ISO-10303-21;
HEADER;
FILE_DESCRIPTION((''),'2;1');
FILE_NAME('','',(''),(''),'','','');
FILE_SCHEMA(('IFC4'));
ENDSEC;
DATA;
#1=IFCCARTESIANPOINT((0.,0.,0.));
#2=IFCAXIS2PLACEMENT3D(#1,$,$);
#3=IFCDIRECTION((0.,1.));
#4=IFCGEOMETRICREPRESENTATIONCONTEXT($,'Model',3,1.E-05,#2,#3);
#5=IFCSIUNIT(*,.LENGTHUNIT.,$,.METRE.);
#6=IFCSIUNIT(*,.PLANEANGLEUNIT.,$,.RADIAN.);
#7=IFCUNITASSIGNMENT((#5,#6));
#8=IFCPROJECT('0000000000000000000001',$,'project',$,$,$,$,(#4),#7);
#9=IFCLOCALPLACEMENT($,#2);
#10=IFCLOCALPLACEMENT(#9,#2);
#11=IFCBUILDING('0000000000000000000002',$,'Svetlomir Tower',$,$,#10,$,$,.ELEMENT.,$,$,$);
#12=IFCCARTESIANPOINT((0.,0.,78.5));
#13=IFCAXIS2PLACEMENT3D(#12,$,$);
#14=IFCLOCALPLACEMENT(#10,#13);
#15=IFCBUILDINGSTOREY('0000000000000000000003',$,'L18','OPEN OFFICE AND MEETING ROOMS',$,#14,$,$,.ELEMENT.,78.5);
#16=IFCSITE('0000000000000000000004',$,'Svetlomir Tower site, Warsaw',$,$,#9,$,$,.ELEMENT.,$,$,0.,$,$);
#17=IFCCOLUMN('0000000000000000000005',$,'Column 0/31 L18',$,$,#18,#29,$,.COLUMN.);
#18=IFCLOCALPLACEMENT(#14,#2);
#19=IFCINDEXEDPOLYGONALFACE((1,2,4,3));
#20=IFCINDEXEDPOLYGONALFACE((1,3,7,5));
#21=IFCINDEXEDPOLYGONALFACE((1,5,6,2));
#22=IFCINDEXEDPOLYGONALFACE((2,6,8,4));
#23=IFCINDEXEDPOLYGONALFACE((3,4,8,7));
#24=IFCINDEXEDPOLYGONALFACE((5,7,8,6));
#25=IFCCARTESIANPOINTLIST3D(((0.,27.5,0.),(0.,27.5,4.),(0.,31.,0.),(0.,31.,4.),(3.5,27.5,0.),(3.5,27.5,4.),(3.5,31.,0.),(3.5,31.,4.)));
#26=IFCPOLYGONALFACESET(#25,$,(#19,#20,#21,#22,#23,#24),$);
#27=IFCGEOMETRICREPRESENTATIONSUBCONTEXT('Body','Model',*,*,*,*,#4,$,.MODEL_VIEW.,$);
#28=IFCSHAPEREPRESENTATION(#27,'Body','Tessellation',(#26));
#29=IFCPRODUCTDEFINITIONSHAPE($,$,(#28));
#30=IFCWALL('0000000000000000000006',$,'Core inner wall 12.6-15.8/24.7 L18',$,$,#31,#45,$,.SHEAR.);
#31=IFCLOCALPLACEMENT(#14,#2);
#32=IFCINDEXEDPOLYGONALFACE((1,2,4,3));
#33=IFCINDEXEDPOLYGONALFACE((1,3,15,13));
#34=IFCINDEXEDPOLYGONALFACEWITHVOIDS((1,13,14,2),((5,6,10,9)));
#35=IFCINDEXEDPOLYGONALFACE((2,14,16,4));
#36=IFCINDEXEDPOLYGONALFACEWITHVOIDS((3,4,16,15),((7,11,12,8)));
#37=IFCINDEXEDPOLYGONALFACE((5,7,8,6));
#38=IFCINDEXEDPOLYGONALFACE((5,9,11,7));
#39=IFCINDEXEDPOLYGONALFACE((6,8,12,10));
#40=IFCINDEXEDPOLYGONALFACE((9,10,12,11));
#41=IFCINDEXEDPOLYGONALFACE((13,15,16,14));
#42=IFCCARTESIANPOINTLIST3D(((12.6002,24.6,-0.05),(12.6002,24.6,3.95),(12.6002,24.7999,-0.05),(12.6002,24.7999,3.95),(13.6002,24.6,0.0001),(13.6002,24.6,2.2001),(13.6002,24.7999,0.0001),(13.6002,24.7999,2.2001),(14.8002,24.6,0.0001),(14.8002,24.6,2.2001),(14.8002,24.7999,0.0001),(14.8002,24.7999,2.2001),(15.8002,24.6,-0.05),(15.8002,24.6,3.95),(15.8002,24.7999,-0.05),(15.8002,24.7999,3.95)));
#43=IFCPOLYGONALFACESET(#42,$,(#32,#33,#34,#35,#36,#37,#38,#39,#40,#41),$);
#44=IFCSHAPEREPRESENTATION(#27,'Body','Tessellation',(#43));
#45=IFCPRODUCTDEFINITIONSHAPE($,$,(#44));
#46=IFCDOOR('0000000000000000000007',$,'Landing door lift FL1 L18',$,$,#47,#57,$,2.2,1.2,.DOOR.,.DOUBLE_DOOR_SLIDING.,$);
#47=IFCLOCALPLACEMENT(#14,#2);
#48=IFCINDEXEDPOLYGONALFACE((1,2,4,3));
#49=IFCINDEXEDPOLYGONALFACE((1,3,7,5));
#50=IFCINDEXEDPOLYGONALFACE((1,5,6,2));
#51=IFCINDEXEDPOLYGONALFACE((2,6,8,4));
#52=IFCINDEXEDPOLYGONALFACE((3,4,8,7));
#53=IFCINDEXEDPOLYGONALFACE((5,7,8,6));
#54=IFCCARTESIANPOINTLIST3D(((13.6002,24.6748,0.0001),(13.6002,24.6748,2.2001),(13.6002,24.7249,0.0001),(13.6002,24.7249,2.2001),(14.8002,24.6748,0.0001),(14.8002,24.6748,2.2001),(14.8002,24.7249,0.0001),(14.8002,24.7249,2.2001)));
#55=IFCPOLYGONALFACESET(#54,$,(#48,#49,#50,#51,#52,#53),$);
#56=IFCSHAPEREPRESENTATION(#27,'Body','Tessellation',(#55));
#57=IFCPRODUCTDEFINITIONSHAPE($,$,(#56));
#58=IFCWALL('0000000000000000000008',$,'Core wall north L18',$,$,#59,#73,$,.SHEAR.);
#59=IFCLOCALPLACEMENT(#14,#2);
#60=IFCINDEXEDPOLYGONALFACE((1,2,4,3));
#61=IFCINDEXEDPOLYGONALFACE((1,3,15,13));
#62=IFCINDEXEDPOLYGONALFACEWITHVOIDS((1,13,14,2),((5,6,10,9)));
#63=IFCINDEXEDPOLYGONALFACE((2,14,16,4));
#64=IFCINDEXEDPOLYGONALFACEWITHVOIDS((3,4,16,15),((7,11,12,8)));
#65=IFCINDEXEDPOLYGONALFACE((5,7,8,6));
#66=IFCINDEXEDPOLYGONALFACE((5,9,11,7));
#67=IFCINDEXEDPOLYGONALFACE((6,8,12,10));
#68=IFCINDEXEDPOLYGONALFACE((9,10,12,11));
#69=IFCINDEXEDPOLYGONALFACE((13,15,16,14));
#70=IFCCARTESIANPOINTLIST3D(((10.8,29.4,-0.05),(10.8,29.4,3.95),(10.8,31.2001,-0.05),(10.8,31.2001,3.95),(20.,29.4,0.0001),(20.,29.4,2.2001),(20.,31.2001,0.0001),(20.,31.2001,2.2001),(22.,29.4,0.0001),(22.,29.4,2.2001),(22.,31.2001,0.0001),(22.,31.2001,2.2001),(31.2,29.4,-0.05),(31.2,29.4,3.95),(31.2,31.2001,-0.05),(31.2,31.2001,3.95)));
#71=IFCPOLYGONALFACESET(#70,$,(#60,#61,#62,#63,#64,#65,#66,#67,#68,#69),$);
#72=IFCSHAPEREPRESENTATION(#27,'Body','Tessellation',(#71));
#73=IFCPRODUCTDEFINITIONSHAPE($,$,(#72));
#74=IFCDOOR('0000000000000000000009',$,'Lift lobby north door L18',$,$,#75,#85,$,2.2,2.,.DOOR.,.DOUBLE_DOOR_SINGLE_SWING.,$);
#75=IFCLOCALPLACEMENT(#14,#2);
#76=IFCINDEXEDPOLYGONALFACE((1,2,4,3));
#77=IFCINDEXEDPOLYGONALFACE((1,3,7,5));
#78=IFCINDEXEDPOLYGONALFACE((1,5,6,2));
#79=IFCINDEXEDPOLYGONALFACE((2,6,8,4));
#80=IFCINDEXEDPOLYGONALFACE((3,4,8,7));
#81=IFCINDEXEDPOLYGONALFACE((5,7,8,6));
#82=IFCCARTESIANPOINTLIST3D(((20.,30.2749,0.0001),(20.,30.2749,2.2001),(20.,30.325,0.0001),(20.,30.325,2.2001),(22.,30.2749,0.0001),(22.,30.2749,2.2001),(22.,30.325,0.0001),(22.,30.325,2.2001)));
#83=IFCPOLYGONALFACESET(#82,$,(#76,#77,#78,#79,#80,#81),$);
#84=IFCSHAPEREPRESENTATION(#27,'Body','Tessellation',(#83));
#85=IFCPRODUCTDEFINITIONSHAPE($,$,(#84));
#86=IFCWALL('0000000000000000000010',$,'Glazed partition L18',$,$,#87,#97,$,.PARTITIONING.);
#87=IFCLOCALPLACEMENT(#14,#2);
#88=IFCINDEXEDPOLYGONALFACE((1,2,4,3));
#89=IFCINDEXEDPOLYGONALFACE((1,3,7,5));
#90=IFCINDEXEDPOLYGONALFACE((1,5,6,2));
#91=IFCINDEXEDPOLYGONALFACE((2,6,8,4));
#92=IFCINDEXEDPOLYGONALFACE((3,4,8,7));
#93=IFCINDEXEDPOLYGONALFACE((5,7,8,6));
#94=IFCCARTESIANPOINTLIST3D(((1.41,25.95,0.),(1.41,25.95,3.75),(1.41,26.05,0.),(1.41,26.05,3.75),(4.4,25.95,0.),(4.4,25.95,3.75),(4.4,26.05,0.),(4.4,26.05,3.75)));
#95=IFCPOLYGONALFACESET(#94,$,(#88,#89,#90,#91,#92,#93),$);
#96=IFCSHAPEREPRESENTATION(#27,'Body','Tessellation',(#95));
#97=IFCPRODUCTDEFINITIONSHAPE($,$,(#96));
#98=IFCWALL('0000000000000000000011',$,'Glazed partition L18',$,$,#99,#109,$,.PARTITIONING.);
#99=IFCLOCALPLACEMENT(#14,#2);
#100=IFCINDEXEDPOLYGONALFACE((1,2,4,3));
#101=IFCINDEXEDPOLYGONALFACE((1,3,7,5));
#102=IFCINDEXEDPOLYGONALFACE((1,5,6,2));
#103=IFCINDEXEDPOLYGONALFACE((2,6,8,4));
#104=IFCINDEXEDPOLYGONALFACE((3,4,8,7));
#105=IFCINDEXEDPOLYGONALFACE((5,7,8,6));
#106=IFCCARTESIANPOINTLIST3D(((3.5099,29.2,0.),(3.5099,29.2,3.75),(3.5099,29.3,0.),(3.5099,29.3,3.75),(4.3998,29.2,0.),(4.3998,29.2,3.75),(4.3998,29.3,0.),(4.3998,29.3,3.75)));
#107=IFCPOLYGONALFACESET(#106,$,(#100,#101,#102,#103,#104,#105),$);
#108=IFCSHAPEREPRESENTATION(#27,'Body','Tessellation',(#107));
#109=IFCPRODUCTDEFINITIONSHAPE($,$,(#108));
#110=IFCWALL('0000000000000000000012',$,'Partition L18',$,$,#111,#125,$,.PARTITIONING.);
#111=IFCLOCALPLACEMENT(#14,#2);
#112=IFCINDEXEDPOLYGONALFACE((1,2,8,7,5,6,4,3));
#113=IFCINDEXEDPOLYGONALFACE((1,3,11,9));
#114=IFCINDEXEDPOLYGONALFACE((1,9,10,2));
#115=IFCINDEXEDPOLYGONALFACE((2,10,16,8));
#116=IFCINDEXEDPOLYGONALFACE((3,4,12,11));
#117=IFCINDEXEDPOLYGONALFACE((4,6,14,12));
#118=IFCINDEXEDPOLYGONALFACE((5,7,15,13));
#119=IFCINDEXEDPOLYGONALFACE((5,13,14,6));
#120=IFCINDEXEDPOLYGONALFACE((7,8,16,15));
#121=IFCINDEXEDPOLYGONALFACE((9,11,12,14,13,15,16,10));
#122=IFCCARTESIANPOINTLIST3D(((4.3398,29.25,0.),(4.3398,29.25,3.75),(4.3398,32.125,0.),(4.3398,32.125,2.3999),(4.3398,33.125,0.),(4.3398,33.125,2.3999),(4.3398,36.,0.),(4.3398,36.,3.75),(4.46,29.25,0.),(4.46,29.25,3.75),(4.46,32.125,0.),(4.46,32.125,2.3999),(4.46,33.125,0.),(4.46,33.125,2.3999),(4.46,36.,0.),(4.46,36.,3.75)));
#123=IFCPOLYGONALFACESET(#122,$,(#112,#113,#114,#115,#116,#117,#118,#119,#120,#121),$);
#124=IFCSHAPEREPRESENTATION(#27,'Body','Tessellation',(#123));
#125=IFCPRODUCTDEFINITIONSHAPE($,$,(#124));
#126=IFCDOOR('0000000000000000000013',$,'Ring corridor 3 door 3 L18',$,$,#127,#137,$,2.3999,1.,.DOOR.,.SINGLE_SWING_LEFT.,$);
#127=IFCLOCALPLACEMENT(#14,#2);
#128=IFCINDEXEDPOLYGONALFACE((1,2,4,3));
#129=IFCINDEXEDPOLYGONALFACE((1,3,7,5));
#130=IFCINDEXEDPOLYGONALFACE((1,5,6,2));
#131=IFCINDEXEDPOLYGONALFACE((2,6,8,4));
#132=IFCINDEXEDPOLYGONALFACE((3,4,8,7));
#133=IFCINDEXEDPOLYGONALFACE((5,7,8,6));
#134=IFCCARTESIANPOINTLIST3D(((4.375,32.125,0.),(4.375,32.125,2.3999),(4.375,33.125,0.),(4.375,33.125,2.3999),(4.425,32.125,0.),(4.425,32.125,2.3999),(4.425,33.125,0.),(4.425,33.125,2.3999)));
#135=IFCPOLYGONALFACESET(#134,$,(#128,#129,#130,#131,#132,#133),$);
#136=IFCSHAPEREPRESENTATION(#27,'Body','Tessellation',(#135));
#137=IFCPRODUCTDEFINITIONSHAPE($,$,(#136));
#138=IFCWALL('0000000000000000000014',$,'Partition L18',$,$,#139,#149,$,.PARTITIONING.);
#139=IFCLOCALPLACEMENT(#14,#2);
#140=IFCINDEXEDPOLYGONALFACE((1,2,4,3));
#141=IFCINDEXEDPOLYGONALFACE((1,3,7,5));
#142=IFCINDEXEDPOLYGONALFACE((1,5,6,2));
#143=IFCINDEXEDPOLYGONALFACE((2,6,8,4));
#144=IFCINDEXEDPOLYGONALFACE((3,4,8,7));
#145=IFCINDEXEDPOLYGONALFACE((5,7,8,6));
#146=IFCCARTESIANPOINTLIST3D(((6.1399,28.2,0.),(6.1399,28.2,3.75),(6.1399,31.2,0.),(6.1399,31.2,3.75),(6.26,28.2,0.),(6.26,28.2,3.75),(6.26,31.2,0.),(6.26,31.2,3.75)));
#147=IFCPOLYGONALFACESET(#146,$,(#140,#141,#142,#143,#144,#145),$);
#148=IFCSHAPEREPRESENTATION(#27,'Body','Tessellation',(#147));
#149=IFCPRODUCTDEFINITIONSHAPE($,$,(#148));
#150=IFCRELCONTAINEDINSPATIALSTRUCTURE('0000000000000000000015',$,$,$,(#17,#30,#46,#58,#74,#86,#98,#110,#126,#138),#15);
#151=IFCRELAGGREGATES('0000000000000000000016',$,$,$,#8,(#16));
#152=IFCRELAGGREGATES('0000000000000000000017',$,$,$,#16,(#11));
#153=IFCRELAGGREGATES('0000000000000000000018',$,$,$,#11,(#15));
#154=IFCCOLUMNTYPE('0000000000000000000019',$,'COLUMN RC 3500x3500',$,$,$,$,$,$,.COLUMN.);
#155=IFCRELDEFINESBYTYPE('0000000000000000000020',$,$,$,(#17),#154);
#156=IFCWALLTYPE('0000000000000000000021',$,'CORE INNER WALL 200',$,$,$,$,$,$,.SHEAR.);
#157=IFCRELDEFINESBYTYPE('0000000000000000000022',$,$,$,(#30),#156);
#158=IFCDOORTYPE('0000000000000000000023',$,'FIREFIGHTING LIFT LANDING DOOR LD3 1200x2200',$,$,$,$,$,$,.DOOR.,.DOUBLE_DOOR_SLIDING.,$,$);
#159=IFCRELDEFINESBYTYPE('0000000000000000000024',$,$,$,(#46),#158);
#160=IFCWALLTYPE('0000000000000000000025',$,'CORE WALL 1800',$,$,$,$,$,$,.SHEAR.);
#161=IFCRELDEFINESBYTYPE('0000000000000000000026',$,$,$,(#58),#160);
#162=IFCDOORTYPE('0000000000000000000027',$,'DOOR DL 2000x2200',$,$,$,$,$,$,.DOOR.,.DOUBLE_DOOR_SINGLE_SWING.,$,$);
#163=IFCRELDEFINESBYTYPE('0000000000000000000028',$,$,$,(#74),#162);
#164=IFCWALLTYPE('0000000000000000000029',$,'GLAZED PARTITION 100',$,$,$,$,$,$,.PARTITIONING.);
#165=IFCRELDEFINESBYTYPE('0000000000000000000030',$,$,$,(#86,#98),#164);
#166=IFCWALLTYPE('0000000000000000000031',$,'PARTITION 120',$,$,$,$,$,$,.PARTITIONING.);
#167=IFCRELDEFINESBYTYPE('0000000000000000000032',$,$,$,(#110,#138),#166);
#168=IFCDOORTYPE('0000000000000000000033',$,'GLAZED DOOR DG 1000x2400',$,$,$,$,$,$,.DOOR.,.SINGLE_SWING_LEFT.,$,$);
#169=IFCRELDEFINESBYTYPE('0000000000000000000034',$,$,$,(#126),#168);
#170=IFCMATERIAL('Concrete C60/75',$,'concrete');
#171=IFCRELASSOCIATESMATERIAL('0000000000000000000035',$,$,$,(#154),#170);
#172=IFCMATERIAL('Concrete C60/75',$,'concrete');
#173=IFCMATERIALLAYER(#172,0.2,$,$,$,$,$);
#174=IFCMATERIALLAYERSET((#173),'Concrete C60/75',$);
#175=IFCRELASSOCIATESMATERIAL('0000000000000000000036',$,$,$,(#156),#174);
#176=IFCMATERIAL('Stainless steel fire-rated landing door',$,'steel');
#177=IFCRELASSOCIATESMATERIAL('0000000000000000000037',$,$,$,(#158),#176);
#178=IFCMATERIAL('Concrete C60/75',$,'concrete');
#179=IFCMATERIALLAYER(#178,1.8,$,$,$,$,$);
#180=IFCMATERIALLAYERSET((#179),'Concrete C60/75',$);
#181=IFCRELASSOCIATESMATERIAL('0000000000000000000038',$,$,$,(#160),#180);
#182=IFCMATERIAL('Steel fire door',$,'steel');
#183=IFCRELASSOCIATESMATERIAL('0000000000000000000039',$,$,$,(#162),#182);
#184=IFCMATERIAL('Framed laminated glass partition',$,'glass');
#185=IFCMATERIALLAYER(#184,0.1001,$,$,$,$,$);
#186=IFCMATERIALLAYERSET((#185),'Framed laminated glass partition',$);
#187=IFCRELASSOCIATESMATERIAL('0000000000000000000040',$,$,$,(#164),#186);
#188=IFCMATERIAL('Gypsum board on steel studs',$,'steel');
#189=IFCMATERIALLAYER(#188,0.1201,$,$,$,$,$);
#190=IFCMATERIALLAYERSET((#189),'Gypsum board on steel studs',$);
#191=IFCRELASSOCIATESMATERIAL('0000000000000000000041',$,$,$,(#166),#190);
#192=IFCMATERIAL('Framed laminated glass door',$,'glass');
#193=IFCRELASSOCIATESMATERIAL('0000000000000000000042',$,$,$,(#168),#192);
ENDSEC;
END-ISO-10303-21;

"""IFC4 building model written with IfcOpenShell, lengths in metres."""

from ifc_helpers import new_model, si_unit, direction, frame, frame_2d, origin, origin_2d, place, context, subcontext, project, spatial, rectangle, extrude, material, layer, layer_set, material_profile, profile_set, type_object, element, fill, save


model = new_model("IFC4")

# Units and contexts
model_context = context("Model", 3, precision=1e-05, world=origin(), true_north=direction((0.0, 1.0)))
body_context = subcontext(model_context, "Body", "Model", "MODEL_VIEW")
ifc_project = project(units=[si_unit("LENGTHUNIT", "METRE"), si_unit("PLANEANGLEUNIT", "RADIAN")], contexts=[model_context])

# Site, building, storey
site_placement = place(None, origin())
site = spatial("IfcSite", under=ifc_project, at=site_placement, Name="Svetlomir Tower site, Warsaw", CompositionType="ELEMENT", RefElevation=0.0)
building_placement = place(site_placement, origin())
building = spatial("IfcBuilding", under=site, at=building_placement, Name="Svetlomir Tower", CompositionType="ELEMENT")
storey_placement = place(building_placement, frame((0.0, 0.0, 78.5)))
storey = spatial("IfcBuildingStorey", under=building, at=storey_placement, Name="L18", Description="OPEN OFFICE AND MEETING ROOMS", CompositionType="ELEMENT", Elevation=78.5)

# Column
ifc_material_1 = material(Name="Concrete C60/75", Category="concrete")
ifc_material_profile = material_profile(ifc_material_1, rectangle(XDim=3.5, YDim=3.5, at=origin_2d()), Name="RC 3500x3500")
ifc_profile_set = profile_set([ifc_material_profile], Name="Concrete C60/75")
column_type = type_object("IfcColumnType", Name="COLUMN RC 3500x3500", PredefinedType="COLUMN", material=ifc_profile_set)
column_placement = place(storey_placement, frame((1.75, 29.25, 0.0), z_axis=(0.0, 0.0, 1.0), x_axis=(1.0, 0.0, 0.0)))
element("IfcColumn", 1, at=column_placement, inside=storey, type_object=column_type, Name="Column 0/31 L18", PredefinedType="COLUMN", context=body_context, shape_type="SweptSolid", body=[
    extrude(rectangle(XDim=3.5, YDim=3.5, at=origin_2d()), origin(), (0.0, 0.0, 1.0), 4.0),
])

# Walls, openings, doors
ifc_material_2 = material(Name="Concrete C60/75", Category="concrete")
ifc_layer_1 = layer(ifc_material_2, 0.2)
ifc_layer_set_1 = layer_set([ifc_layer_1], Name="Concrete C60/75")
wall_type_1 = type_object("IfcWallType", Name="CORE INNER WALL 200", PredefinedType="SHEAR", material=ifc_layer_set_1)
wall_1_placement = place(storey_placement, frame((12.6001, 24.7, -0.05), z_axis=(0.0, 0.0, 1.0), x_axis=(1.0, 0.0, 0.0)))
wall_1 = element("IfcWall", 2, at=wall_1_placement, inside=storey, type_object=wall_type_1, Name="Core inner wall 12.6-15.8/24.7 L18", PredefinedType="SHEAR", context=body_context, shape_type="SweptSolid", body=[
    extrude(rectangle(XDim=3.2, YDim=0.2, at=frame_2d((1.6001, 0.0))), origin(), (0.0, 0.0, 1.0), 4.0),
])
opening_1_placement = place(wall_1_placement, frame((1.0, 0.0, 0.05)))
opening_1 = element("IfcOpeningElement", 3, at=opening_1_placement, cuts=wall_1, PredefinedType="OPENING", context=body_context, shape_type="SweptSolid", body=[
    extrude(rectangle(XDim=1.2, YDim=2.2, at=frame_2d((0.6001, 1.1001))), frame((0.0, 0.1099, 0.0), z_axis=(0.0, -1.0, 0.0), x_axis=(1.0, 0.0, 0.0)), (0.0, 0.0, 1.0), 0.22),
])
ifc_material_3 = material(Name="Stainless steel fire-rated landing door", Category="steel")
door_type_1 = type_object("IfcDoorType", Name="FIREFIGHTING LIFT LANDING DOOR LD3 1200x2200", OperationType="DOUBLE_DOOR_SLIDING", PredefinedType="DOOR", material=ifc_material_3)
door_1_placement = place(opening_1_placement, origin())
door_1 = element("IfcDoor", 4, at=door_1_placement, inside=storey, type_object=door_type_1, Name="Landing door lift FL1 L18", OperationType="DOUBLE_DOOR_SLIDING", OverallHeight=2.2, OverallWidth=1.2, PredefinedType="DOOR", context=body_context, shape_type="SweptSolid", body=[
    extrude(rectangle(XDim=1.2, YDim=2.2, at=frame_2d((0.6001, 1.1001))), frame((0.0, 0.0249, 0.0), z_axis=(0.0, -1.0, 0.0), x_axis=(1.0, 0.0, 0.0)), (0.0, 0.0, 1.0), 0.05),
])
fill(opening_1, door_1)
ifc_material_4 = material(Name="Concrete C60/75", Category="concrete")
ifc_layer_2 = layer(ifc_material_4, 1.8)
ifc_layer_set_2 = layer_set([ifc_layer_2], Name="Concrete C60/75")
wall_type_2 = type_object("IfcWallType", Name="CORE WALL 1800", PredefinedType="SHEAR", material=ifc_layer_set_2)
wall_2_placement = place(storey_placement, frame((10.8, 30.3, -0.05), z_axis=(0.0, 0.0, 1.0), x_axis=(1.0, 0.0, 0.0)))
wall_2 = element("IfcWall", 5, at=wall_2_placement, inside=storey, type_object=wall_type_2, Name="Core wall north L18", PredefinedType="SHEAR", context=body_context, shape_type="SweptSolid", body=[
    extrude(rectangle(XDim=20.3999, YDim=1.8, at=frame_2d((10.2, 0.0))), origin(), (0.0, 0.0, 1.0), 4.0),
])
opening_2_placement = place(wall_2_placement, frame((9.2, 0.0, 0.05)))
opening_2 = element("IfcOpeningElement", 6, at=opening_2_placement, cuts=wall_2, PredefinedType="OPENING", context=body_context, shape_type="SweptSolid", body=[
    extrude(rectangle(XDim=2.0, YDim=2.2, at=frame_2d((1.0, 1.1001))), frame((0.0, 0.9102, 0.0), z_axis=(0.0, -1.0, 0.0), x_axis=(1.0, 0.0, 0.0)), (0.0, 0.0, 1.0), 1.8201),
])
ifc_material_5 = material(Name="Steel fire door", Category="steel")
door_type_2 = type_object("IfcDoorType", Name="DOOR DL 2000x2200", OperationType="DOUBLE_DOOR_SINGLE_SWING", PredefinedType="DOOR", material=ifc_material_5)
door_2_placement = place(opening_2_placement, origin())
door_2 = element("IfcDoor", 7, at=door_2_placement, inside=storey, type_object=door_type_2, Name="Lift lobby north door L18", OperationType="DOUBLE_DOOR_SINGLE_SWING", OverallHeight=2.2, OverallWidth=2.0, PredefinedType="DOOR", context=body_context, shape_type="SweptSolid", body=[
    extrude(rectangle(XDim=2.0, YDim=2.2, at=frame_2d((1.0, 1.1001))), frame((0.0, 0.0249, 0.0), z_axis=(0.0, -1.0, 0.0), x_axis=(1.0, 0.0, 0.0)), (0.0, 0.0, 1.0), 0.05),
])
fill(opening_2, door_2)

# Walls
ifc_material_6 = material(Name="Framed laminated glass partition", Category="glass")
ifc_layer_3 = layer(ifc_material_6, 0.1001)
ifc_layer_set_3 = layer_set([ifc_layer_3], Name="Framed laminated glass partition")
wall_type_3 = type_object("IfcWallType", Name="GLAZED PARTITION 100", PredefinedType="PARTITIONING", material=ifc_layer_set_3)
wall_3_placement = place(storey_placement, frame((1.4099, 26.0, 0.0), z_axis=(0.0, 0.0, 1.0), x_axis=(1.0, 0.0, 0.0)))
element("IfcWall", 8, at=wall_3_placement, inside=storey, type_object=wall_type_3, Name="Glazed partition L18", PredefinedType="PARTITIONING", context=body_context, shape_type="SweptSolid", body=[
    extrude(rectangle(XDim=2.99, YDim=0.1001, at=frame_2d((1.4951, 0.0))), origin(), (0.0, 0.0, 1.0), 3.75),
])
wall_4_placement = place(storey_placement, frame((3.51, 29.25, 0.0), z_axis=(0.0, 0.0, 1.0), x_axis=(1.0, 0.0, 0.0)))
element("IfcWall", 9, at=wall_4_placement, inside=storey, type_object=wall_type_3, Name="Glazed partition L18", PredefinedType="PARTITIONING", context=body_context, shape_type="SweptSolid", body=[
    extrude(rectangle(XDim=0.8899, YDim=0.1001, at=frame_2d((0.4448, 0.0))), origin(), (0.0, 0.0, 1.0), 3.75),
])

# Wall, opening, door
ifc_material_7 = material(Name="Gypsum board on steel studs", Category="steel")
ifc_layer_4 = layer(ifc_material_7, 0.1201)
ifc_layer_set_4 = layer_set([ifc_layer_4], Name="Gypsum board on steel studs")
wall_type_4 = type_object("IfcWallType", Name="PARTITION 120", PredefinedType="PARTITIONING", material=ifc_layer_set_4)
ifc_material_8 = material(Name="Framed laminated glass door", Category="glass")
door_type_3 = type_object("IfcDoorType", Name="GLAZED DOOR DG 1000x2400", OperationType="SINGLE_SWING_LEFT", PredefinedType="DOOR", material=ifc_material_8)
wall_5_placement = place(storey_placement, frame((4.3999, 29.25, 0.0), z_axis=(0.0, 0.0, 1.0), x_axis=(0.0, 1.0, 0.0)))
wall_5 = element("IfcWall", 10, at=wall_5_placement, inside=storey, type_object=wall_type_4, Name="Partition L18", PredefinedType="PARTITIONING", context=body_context, shape_type="SweptSolid", body=[
    extrude(rectangle(XDim=6.75, YDim=0.1201, at=frame_2d((3.375, 0.0))), origin(), (0.0, 0.0, 1.0), 3.75),
])
opening_3_placement = place(wall_5_placement, frame((2.875, 0.0, 0.0)))
opening_3 = element("IfcOpeningElement", 11, at=opening_3_placement, cuts=wall_5, PredefinedType="OPENING", context=body_context, shape_type="SweptSolid", body=[
    extrude(rectangle(XDim=1.0, YDim=2.3999, at=frame_2d((0.5, 1.2))), frame((0.0, 0.0701, 0.0), z_axis=(0.0, -1.0, 0.0), x_axis=(1.0, 0.0, 0.0)), (0.0, 0.0, 1.0), 0.1401),
])
door_3_placement = place(opening_3_placement, origin())
door_3 = element("IfcDoor", 12, at=door_3_placement, inside=storey, type_object=door_type_3, Name="Ring corridor 3 door 3 L18", OperationType="SINGLE_SWING_LEFT", OverallHeight=2.3999, OverallWidth=1.0, PredefinedType="DOOR", context=body_context, shape_type="SweptSolid", body=[
    extrude(rectangle(XDim=1.0, YDim=2.3999, at=frame_2d((0.5, 1.2))), frame((0.0, 0.0249, 0.0), z_axis=(0.0, -1.0, 0.0), x_axis=(1.0, 0.0, 0.0)), (0.0, 0.0, 1.0), 0.05),
])
fill(opening_3, door_3)

# Wall
wall_6_placement = place(storey_placement, frame((6.2, 28.2, 0.0), z_axis=(0.0, 0.0, 1.0), x_axis=(0.0, 1.0, 0.0)))
element("IfcWall", 13, at=wall_6_placement, inside=storey, type_object=wall_type_4, Name="Partition L18", PredefinedType="PARTITIONING", context=body_context, shape_type="SweptSolid", body=[
    extrude(rectangle(XDim=3.0, YDim=0.1201, at=frame_2d((1.5, 0.0))), origin(), (0.0, 0.0, 1.0), 3.75),
])

save(model, "model.ifc")
